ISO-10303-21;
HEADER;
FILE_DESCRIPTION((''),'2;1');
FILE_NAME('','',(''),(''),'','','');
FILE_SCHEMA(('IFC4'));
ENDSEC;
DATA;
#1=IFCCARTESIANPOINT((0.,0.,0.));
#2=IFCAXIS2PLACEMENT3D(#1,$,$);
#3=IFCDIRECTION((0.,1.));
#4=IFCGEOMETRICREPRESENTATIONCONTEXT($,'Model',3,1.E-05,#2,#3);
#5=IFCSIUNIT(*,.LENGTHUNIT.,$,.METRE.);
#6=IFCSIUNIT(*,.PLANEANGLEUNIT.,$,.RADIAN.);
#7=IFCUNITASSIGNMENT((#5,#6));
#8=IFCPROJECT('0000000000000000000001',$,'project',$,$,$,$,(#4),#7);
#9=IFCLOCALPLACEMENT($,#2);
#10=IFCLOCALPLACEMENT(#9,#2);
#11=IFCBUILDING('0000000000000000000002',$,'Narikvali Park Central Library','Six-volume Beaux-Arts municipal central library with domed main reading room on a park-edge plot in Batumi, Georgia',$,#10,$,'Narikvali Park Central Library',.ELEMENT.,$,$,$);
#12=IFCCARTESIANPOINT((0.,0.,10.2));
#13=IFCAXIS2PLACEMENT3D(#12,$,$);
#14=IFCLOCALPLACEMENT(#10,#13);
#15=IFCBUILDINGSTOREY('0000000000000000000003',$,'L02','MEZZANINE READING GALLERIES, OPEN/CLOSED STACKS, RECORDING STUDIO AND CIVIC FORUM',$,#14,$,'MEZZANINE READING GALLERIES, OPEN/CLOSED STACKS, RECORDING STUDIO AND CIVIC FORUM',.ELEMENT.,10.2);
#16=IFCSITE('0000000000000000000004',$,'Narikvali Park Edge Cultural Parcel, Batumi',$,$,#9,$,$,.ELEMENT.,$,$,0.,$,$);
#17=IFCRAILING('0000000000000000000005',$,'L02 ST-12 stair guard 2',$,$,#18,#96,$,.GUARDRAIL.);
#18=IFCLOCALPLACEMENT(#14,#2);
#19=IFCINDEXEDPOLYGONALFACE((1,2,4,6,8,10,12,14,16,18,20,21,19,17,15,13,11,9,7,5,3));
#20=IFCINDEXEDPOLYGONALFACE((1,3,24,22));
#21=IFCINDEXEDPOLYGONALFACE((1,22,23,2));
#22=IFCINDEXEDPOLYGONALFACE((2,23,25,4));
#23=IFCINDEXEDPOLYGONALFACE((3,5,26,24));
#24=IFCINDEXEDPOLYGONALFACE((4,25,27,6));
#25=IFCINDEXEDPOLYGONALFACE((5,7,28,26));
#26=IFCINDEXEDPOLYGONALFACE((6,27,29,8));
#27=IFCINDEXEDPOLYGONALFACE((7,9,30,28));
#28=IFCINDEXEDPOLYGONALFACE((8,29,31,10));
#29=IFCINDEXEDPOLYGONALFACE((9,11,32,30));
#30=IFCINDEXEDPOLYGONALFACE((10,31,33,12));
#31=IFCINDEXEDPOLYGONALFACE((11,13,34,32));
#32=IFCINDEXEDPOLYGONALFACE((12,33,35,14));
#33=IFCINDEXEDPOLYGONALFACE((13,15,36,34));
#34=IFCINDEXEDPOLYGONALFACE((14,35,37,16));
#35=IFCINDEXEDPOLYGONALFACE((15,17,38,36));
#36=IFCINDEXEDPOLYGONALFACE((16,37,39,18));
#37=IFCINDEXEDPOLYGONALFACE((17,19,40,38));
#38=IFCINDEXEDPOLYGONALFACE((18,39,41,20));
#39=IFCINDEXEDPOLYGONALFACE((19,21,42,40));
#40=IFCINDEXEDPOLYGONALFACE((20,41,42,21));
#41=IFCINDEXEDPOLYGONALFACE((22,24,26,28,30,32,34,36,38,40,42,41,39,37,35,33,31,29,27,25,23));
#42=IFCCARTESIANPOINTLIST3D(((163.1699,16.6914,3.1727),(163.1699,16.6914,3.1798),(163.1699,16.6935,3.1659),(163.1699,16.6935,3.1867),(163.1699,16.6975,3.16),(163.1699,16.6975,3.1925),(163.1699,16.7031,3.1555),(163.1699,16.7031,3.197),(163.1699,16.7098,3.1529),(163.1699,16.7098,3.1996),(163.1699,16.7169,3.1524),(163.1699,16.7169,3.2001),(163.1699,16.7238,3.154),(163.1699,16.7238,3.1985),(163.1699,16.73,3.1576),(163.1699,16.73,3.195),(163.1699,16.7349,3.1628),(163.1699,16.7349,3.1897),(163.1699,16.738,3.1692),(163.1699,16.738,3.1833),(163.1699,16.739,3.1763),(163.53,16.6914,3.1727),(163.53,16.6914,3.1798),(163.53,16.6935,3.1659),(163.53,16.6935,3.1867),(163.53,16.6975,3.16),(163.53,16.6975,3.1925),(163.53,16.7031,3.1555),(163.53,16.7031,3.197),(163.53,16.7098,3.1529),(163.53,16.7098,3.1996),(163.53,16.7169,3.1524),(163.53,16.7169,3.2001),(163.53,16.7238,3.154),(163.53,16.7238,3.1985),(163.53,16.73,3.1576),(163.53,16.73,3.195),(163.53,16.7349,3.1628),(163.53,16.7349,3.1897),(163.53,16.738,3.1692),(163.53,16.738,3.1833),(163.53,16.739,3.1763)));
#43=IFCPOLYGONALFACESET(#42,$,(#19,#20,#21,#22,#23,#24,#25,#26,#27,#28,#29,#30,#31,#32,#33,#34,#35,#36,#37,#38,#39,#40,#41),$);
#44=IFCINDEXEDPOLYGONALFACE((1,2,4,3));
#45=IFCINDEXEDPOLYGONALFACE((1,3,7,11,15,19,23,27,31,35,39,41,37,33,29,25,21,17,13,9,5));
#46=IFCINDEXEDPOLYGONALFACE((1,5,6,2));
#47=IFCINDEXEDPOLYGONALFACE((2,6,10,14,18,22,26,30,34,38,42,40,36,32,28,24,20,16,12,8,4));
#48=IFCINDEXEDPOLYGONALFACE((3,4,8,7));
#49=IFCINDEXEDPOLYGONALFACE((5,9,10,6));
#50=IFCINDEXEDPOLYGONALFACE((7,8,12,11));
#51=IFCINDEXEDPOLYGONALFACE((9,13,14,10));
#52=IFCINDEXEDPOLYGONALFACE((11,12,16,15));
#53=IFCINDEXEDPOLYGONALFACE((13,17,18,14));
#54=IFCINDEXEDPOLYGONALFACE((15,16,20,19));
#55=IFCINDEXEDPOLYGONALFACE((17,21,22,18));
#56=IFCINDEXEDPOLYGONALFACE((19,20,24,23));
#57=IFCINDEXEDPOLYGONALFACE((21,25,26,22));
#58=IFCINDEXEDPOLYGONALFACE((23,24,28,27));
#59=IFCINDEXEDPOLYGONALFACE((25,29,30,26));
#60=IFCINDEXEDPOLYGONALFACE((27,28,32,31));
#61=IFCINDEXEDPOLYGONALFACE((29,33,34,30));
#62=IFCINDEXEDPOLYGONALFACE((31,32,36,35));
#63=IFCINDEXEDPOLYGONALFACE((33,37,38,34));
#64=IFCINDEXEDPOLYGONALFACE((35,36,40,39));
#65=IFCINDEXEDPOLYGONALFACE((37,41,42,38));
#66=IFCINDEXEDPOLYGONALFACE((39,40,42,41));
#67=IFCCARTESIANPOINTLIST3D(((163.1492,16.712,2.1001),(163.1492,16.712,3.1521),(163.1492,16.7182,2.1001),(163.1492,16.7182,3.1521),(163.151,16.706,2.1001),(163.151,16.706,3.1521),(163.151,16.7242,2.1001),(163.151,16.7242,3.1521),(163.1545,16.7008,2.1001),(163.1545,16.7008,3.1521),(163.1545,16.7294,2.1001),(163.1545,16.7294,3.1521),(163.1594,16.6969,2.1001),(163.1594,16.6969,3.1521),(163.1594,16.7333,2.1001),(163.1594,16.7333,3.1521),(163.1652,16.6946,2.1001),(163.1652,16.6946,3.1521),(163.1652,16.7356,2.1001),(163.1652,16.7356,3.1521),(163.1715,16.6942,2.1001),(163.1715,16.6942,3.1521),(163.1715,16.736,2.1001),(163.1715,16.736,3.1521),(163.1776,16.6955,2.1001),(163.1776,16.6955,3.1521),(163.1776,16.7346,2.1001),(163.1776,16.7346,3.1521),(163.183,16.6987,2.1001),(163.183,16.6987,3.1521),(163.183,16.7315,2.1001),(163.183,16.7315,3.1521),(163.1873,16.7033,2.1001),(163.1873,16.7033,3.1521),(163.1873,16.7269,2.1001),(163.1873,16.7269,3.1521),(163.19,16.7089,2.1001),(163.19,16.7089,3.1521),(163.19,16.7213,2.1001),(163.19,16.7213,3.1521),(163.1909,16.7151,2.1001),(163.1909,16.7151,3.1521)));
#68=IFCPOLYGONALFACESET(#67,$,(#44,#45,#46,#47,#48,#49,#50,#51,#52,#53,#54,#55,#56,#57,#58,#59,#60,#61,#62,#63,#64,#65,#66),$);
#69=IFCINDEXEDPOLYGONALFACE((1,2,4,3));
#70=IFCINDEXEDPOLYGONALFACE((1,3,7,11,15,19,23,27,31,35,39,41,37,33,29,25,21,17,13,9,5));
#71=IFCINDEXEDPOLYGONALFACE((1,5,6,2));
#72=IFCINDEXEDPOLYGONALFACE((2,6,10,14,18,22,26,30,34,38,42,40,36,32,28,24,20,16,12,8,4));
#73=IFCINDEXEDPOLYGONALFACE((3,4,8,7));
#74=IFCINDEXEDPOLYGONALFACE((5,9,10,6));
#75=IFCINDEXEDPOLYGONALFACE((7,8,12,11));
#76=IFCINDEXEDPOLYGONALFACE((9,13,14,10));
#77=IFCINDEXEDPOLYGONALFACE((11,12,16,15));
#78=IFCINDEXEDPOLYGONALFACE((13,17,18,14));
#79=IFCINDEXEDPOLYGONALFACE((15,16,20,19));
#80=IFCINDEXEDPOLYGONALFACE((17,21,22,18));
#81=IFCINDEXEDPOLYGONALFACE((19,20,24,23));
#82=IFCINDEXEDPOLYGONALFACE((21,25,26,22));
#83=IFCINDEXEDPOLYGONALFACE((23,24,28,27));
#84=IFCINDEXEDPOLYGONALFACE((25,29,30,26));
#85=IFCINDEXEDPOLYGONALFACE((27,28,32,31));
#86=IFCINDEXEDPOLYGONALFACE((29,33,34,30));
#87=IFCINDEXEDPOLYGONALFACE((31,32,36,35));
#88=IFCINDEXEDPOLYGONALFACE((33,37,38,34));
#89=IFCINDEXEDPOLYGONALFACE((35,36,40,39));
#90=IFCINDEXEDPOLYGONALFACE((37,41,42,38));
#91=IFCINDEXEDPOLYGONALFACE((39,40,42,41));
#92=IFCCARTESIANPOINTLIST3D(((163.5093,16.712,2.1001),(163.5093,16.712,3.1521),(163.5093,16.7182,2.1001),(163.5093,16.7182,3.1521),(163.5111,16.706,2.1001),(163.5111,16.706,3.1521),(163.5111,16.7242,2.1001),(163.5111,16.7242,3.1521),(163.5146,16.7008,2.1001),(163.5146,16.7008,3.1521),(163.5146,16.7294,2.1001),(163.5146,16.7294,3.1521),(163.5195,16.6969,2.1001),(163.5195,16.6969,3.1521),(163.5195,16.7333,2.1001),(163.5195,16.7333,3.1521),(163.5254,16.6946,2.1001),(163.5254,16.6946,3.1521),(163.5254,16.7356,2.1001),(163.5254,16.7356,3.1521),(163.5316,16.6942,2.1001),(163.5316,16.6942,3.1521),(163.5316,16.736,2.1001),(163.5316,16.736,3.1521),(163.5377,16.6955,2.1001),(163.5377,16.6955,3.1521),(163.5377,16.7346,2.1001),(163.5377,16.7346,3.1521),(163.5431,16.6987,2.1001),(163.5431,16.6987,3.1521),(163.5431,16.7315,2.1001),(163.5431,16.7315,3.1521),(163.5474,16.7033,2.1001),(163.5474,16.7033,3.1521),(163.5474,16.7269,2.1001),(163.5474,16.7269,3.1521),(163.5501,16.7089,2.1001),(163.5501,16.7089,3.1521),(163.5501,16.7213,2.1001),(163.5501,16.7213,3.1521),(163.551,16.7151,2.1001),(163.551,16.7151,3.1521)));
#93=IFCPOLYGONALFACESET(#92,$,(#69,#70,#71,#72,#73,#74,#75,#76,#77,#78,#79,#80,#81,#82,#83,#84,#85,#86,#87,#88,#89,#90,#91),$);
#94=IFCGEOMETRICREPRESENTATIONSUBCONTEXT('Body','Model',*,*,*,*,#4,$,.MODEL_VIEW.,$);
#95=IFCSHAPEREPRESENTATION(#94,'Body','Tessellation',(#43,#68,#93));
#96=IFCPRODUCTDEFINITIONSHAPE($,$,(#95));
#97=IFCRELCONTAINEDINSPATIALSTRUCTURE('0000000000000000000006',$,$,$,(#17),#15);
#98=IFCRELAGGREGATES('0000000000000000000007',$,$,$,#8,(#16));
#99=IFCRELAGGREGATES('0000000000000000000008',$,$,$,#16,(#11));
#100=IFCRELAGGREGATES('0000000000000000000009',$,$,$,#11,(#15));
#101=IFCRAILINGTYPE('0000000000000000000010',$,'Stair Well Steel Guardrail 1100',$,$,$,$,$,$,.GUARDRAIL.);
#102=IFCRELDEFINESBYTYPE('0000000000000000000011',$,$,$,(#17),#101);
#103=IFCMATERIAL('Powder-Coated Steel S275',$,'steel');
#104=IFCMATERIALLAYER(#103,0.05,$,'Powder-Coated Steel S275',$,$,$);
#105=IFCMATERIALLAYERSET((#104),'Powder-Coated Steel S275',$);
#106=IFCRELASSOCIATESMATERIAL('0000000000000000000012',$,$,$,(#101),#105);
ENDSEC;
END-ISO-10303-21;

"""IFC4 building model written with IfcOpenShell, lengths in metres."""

from ifc_helpers import new_model, si_unit, direction, frame, origin, origin_2d, place, context, subcontext, project, spatial, circle, extrude, material, layer, layer_set, type_object, element, save


model = new_model("IFC4")

# Units and contexts
model_context = context("Model", 3, precision=1e-05, world=origin(), true_north=direction((0.0, 1.0)))
body_context = subcontext(model_context, "Body", "Model", "MODEL_VIEW")
ifc_project = project(units=[si_unit("LENGTHUNIT", "METRE"), si_unit("PLANEANGLEUNIT", "RADIAN")], contexts=[model_context])

# Site, building, storey
site_placement = place(None, origin())
site = spatial("IfcSite", under=ifc_project, at=site_placement, Name="Narikvali Park Edge Cultural Parcel, Batumi", CompositionType="ELEMENT", RefElevation=0.0)
building_placement = place(site_placement, origin())
building = spatial("IfcBuilding", under=site, at=building_placement, Name="Narikvali Park Central Library", Description="Six-volume Beaux-Arts municipal central library with domed main reading room on a park-edge plot in Batumi, Georgia", LongName="Narikvali Park Central Library", CompositionType="ELEMENT")
storey_placement = place(building_placement, frame((0.0, 0.0, 10.2)))
storey = spatial("IfcBuildingStorey", under=building, at=storey_placement, Name="L02", Description="MEZZANINE READING GALLERIES, OPEN/CLOSED STACKS, RECORDING STUDIO AND CIVIC FORUM", LongName="MEZZANINE READING GALLERIES, OPEN/CLOSED STACKS, RECORDING STUDIO AND CIVIC FORUM", CompositionType="ELEMENT", Elevation=10.2)

# Railing
ifc_material_1 = material(Name="Powder-Coated Steel S275", Category="steel")
ifc_layer_1 = layer(ifc_material_1, 0.05, Name="Powder-Coated Steel S275")
ifc_layer_set_1 = layer_set([ifc_layer_1], Name="Powder-Coated Steel S275")
railing_type_1 = type_object("IfcRailingType", Name="Stair Well Steel Guardrail 1100", PredefinedType="GUARDRAIL", material=ifc_layer_set_1)
railing_1_placement = place(storey_placement, frame((163.1699, 16.7151, 2.1001)))
element("IfcRailing", 1, at=railing_1_placement, inside=storey, type_object=railing_type_1, Name="L02 ST-12 stair guard 2", PredefinedType="GUARDRAIL", context=body_context, shape_type="SweptSolid", body=[
    extrude(circle(Radius=0.0239, at=origin_2d()), frame((0.0, 0.0, 1.0762), z_axis=(1.0, 0.0, 0.0), x_axis=(0.0, 1.0, 0.0)), (0.0, 0.0, 1.0), 0.3601),
    extrude(circle(Radius=0.021, at=origin_2d()), origin(), (0.0, 0.0, 1.0), 1.052),
    extrude(circle(Radius=0.021, at=origin_2d()), frame((0.3601, 0.0, 0.0)), (0.0, 0.0, 1.0), 1.052),
])

save(model, "model.ifc")
